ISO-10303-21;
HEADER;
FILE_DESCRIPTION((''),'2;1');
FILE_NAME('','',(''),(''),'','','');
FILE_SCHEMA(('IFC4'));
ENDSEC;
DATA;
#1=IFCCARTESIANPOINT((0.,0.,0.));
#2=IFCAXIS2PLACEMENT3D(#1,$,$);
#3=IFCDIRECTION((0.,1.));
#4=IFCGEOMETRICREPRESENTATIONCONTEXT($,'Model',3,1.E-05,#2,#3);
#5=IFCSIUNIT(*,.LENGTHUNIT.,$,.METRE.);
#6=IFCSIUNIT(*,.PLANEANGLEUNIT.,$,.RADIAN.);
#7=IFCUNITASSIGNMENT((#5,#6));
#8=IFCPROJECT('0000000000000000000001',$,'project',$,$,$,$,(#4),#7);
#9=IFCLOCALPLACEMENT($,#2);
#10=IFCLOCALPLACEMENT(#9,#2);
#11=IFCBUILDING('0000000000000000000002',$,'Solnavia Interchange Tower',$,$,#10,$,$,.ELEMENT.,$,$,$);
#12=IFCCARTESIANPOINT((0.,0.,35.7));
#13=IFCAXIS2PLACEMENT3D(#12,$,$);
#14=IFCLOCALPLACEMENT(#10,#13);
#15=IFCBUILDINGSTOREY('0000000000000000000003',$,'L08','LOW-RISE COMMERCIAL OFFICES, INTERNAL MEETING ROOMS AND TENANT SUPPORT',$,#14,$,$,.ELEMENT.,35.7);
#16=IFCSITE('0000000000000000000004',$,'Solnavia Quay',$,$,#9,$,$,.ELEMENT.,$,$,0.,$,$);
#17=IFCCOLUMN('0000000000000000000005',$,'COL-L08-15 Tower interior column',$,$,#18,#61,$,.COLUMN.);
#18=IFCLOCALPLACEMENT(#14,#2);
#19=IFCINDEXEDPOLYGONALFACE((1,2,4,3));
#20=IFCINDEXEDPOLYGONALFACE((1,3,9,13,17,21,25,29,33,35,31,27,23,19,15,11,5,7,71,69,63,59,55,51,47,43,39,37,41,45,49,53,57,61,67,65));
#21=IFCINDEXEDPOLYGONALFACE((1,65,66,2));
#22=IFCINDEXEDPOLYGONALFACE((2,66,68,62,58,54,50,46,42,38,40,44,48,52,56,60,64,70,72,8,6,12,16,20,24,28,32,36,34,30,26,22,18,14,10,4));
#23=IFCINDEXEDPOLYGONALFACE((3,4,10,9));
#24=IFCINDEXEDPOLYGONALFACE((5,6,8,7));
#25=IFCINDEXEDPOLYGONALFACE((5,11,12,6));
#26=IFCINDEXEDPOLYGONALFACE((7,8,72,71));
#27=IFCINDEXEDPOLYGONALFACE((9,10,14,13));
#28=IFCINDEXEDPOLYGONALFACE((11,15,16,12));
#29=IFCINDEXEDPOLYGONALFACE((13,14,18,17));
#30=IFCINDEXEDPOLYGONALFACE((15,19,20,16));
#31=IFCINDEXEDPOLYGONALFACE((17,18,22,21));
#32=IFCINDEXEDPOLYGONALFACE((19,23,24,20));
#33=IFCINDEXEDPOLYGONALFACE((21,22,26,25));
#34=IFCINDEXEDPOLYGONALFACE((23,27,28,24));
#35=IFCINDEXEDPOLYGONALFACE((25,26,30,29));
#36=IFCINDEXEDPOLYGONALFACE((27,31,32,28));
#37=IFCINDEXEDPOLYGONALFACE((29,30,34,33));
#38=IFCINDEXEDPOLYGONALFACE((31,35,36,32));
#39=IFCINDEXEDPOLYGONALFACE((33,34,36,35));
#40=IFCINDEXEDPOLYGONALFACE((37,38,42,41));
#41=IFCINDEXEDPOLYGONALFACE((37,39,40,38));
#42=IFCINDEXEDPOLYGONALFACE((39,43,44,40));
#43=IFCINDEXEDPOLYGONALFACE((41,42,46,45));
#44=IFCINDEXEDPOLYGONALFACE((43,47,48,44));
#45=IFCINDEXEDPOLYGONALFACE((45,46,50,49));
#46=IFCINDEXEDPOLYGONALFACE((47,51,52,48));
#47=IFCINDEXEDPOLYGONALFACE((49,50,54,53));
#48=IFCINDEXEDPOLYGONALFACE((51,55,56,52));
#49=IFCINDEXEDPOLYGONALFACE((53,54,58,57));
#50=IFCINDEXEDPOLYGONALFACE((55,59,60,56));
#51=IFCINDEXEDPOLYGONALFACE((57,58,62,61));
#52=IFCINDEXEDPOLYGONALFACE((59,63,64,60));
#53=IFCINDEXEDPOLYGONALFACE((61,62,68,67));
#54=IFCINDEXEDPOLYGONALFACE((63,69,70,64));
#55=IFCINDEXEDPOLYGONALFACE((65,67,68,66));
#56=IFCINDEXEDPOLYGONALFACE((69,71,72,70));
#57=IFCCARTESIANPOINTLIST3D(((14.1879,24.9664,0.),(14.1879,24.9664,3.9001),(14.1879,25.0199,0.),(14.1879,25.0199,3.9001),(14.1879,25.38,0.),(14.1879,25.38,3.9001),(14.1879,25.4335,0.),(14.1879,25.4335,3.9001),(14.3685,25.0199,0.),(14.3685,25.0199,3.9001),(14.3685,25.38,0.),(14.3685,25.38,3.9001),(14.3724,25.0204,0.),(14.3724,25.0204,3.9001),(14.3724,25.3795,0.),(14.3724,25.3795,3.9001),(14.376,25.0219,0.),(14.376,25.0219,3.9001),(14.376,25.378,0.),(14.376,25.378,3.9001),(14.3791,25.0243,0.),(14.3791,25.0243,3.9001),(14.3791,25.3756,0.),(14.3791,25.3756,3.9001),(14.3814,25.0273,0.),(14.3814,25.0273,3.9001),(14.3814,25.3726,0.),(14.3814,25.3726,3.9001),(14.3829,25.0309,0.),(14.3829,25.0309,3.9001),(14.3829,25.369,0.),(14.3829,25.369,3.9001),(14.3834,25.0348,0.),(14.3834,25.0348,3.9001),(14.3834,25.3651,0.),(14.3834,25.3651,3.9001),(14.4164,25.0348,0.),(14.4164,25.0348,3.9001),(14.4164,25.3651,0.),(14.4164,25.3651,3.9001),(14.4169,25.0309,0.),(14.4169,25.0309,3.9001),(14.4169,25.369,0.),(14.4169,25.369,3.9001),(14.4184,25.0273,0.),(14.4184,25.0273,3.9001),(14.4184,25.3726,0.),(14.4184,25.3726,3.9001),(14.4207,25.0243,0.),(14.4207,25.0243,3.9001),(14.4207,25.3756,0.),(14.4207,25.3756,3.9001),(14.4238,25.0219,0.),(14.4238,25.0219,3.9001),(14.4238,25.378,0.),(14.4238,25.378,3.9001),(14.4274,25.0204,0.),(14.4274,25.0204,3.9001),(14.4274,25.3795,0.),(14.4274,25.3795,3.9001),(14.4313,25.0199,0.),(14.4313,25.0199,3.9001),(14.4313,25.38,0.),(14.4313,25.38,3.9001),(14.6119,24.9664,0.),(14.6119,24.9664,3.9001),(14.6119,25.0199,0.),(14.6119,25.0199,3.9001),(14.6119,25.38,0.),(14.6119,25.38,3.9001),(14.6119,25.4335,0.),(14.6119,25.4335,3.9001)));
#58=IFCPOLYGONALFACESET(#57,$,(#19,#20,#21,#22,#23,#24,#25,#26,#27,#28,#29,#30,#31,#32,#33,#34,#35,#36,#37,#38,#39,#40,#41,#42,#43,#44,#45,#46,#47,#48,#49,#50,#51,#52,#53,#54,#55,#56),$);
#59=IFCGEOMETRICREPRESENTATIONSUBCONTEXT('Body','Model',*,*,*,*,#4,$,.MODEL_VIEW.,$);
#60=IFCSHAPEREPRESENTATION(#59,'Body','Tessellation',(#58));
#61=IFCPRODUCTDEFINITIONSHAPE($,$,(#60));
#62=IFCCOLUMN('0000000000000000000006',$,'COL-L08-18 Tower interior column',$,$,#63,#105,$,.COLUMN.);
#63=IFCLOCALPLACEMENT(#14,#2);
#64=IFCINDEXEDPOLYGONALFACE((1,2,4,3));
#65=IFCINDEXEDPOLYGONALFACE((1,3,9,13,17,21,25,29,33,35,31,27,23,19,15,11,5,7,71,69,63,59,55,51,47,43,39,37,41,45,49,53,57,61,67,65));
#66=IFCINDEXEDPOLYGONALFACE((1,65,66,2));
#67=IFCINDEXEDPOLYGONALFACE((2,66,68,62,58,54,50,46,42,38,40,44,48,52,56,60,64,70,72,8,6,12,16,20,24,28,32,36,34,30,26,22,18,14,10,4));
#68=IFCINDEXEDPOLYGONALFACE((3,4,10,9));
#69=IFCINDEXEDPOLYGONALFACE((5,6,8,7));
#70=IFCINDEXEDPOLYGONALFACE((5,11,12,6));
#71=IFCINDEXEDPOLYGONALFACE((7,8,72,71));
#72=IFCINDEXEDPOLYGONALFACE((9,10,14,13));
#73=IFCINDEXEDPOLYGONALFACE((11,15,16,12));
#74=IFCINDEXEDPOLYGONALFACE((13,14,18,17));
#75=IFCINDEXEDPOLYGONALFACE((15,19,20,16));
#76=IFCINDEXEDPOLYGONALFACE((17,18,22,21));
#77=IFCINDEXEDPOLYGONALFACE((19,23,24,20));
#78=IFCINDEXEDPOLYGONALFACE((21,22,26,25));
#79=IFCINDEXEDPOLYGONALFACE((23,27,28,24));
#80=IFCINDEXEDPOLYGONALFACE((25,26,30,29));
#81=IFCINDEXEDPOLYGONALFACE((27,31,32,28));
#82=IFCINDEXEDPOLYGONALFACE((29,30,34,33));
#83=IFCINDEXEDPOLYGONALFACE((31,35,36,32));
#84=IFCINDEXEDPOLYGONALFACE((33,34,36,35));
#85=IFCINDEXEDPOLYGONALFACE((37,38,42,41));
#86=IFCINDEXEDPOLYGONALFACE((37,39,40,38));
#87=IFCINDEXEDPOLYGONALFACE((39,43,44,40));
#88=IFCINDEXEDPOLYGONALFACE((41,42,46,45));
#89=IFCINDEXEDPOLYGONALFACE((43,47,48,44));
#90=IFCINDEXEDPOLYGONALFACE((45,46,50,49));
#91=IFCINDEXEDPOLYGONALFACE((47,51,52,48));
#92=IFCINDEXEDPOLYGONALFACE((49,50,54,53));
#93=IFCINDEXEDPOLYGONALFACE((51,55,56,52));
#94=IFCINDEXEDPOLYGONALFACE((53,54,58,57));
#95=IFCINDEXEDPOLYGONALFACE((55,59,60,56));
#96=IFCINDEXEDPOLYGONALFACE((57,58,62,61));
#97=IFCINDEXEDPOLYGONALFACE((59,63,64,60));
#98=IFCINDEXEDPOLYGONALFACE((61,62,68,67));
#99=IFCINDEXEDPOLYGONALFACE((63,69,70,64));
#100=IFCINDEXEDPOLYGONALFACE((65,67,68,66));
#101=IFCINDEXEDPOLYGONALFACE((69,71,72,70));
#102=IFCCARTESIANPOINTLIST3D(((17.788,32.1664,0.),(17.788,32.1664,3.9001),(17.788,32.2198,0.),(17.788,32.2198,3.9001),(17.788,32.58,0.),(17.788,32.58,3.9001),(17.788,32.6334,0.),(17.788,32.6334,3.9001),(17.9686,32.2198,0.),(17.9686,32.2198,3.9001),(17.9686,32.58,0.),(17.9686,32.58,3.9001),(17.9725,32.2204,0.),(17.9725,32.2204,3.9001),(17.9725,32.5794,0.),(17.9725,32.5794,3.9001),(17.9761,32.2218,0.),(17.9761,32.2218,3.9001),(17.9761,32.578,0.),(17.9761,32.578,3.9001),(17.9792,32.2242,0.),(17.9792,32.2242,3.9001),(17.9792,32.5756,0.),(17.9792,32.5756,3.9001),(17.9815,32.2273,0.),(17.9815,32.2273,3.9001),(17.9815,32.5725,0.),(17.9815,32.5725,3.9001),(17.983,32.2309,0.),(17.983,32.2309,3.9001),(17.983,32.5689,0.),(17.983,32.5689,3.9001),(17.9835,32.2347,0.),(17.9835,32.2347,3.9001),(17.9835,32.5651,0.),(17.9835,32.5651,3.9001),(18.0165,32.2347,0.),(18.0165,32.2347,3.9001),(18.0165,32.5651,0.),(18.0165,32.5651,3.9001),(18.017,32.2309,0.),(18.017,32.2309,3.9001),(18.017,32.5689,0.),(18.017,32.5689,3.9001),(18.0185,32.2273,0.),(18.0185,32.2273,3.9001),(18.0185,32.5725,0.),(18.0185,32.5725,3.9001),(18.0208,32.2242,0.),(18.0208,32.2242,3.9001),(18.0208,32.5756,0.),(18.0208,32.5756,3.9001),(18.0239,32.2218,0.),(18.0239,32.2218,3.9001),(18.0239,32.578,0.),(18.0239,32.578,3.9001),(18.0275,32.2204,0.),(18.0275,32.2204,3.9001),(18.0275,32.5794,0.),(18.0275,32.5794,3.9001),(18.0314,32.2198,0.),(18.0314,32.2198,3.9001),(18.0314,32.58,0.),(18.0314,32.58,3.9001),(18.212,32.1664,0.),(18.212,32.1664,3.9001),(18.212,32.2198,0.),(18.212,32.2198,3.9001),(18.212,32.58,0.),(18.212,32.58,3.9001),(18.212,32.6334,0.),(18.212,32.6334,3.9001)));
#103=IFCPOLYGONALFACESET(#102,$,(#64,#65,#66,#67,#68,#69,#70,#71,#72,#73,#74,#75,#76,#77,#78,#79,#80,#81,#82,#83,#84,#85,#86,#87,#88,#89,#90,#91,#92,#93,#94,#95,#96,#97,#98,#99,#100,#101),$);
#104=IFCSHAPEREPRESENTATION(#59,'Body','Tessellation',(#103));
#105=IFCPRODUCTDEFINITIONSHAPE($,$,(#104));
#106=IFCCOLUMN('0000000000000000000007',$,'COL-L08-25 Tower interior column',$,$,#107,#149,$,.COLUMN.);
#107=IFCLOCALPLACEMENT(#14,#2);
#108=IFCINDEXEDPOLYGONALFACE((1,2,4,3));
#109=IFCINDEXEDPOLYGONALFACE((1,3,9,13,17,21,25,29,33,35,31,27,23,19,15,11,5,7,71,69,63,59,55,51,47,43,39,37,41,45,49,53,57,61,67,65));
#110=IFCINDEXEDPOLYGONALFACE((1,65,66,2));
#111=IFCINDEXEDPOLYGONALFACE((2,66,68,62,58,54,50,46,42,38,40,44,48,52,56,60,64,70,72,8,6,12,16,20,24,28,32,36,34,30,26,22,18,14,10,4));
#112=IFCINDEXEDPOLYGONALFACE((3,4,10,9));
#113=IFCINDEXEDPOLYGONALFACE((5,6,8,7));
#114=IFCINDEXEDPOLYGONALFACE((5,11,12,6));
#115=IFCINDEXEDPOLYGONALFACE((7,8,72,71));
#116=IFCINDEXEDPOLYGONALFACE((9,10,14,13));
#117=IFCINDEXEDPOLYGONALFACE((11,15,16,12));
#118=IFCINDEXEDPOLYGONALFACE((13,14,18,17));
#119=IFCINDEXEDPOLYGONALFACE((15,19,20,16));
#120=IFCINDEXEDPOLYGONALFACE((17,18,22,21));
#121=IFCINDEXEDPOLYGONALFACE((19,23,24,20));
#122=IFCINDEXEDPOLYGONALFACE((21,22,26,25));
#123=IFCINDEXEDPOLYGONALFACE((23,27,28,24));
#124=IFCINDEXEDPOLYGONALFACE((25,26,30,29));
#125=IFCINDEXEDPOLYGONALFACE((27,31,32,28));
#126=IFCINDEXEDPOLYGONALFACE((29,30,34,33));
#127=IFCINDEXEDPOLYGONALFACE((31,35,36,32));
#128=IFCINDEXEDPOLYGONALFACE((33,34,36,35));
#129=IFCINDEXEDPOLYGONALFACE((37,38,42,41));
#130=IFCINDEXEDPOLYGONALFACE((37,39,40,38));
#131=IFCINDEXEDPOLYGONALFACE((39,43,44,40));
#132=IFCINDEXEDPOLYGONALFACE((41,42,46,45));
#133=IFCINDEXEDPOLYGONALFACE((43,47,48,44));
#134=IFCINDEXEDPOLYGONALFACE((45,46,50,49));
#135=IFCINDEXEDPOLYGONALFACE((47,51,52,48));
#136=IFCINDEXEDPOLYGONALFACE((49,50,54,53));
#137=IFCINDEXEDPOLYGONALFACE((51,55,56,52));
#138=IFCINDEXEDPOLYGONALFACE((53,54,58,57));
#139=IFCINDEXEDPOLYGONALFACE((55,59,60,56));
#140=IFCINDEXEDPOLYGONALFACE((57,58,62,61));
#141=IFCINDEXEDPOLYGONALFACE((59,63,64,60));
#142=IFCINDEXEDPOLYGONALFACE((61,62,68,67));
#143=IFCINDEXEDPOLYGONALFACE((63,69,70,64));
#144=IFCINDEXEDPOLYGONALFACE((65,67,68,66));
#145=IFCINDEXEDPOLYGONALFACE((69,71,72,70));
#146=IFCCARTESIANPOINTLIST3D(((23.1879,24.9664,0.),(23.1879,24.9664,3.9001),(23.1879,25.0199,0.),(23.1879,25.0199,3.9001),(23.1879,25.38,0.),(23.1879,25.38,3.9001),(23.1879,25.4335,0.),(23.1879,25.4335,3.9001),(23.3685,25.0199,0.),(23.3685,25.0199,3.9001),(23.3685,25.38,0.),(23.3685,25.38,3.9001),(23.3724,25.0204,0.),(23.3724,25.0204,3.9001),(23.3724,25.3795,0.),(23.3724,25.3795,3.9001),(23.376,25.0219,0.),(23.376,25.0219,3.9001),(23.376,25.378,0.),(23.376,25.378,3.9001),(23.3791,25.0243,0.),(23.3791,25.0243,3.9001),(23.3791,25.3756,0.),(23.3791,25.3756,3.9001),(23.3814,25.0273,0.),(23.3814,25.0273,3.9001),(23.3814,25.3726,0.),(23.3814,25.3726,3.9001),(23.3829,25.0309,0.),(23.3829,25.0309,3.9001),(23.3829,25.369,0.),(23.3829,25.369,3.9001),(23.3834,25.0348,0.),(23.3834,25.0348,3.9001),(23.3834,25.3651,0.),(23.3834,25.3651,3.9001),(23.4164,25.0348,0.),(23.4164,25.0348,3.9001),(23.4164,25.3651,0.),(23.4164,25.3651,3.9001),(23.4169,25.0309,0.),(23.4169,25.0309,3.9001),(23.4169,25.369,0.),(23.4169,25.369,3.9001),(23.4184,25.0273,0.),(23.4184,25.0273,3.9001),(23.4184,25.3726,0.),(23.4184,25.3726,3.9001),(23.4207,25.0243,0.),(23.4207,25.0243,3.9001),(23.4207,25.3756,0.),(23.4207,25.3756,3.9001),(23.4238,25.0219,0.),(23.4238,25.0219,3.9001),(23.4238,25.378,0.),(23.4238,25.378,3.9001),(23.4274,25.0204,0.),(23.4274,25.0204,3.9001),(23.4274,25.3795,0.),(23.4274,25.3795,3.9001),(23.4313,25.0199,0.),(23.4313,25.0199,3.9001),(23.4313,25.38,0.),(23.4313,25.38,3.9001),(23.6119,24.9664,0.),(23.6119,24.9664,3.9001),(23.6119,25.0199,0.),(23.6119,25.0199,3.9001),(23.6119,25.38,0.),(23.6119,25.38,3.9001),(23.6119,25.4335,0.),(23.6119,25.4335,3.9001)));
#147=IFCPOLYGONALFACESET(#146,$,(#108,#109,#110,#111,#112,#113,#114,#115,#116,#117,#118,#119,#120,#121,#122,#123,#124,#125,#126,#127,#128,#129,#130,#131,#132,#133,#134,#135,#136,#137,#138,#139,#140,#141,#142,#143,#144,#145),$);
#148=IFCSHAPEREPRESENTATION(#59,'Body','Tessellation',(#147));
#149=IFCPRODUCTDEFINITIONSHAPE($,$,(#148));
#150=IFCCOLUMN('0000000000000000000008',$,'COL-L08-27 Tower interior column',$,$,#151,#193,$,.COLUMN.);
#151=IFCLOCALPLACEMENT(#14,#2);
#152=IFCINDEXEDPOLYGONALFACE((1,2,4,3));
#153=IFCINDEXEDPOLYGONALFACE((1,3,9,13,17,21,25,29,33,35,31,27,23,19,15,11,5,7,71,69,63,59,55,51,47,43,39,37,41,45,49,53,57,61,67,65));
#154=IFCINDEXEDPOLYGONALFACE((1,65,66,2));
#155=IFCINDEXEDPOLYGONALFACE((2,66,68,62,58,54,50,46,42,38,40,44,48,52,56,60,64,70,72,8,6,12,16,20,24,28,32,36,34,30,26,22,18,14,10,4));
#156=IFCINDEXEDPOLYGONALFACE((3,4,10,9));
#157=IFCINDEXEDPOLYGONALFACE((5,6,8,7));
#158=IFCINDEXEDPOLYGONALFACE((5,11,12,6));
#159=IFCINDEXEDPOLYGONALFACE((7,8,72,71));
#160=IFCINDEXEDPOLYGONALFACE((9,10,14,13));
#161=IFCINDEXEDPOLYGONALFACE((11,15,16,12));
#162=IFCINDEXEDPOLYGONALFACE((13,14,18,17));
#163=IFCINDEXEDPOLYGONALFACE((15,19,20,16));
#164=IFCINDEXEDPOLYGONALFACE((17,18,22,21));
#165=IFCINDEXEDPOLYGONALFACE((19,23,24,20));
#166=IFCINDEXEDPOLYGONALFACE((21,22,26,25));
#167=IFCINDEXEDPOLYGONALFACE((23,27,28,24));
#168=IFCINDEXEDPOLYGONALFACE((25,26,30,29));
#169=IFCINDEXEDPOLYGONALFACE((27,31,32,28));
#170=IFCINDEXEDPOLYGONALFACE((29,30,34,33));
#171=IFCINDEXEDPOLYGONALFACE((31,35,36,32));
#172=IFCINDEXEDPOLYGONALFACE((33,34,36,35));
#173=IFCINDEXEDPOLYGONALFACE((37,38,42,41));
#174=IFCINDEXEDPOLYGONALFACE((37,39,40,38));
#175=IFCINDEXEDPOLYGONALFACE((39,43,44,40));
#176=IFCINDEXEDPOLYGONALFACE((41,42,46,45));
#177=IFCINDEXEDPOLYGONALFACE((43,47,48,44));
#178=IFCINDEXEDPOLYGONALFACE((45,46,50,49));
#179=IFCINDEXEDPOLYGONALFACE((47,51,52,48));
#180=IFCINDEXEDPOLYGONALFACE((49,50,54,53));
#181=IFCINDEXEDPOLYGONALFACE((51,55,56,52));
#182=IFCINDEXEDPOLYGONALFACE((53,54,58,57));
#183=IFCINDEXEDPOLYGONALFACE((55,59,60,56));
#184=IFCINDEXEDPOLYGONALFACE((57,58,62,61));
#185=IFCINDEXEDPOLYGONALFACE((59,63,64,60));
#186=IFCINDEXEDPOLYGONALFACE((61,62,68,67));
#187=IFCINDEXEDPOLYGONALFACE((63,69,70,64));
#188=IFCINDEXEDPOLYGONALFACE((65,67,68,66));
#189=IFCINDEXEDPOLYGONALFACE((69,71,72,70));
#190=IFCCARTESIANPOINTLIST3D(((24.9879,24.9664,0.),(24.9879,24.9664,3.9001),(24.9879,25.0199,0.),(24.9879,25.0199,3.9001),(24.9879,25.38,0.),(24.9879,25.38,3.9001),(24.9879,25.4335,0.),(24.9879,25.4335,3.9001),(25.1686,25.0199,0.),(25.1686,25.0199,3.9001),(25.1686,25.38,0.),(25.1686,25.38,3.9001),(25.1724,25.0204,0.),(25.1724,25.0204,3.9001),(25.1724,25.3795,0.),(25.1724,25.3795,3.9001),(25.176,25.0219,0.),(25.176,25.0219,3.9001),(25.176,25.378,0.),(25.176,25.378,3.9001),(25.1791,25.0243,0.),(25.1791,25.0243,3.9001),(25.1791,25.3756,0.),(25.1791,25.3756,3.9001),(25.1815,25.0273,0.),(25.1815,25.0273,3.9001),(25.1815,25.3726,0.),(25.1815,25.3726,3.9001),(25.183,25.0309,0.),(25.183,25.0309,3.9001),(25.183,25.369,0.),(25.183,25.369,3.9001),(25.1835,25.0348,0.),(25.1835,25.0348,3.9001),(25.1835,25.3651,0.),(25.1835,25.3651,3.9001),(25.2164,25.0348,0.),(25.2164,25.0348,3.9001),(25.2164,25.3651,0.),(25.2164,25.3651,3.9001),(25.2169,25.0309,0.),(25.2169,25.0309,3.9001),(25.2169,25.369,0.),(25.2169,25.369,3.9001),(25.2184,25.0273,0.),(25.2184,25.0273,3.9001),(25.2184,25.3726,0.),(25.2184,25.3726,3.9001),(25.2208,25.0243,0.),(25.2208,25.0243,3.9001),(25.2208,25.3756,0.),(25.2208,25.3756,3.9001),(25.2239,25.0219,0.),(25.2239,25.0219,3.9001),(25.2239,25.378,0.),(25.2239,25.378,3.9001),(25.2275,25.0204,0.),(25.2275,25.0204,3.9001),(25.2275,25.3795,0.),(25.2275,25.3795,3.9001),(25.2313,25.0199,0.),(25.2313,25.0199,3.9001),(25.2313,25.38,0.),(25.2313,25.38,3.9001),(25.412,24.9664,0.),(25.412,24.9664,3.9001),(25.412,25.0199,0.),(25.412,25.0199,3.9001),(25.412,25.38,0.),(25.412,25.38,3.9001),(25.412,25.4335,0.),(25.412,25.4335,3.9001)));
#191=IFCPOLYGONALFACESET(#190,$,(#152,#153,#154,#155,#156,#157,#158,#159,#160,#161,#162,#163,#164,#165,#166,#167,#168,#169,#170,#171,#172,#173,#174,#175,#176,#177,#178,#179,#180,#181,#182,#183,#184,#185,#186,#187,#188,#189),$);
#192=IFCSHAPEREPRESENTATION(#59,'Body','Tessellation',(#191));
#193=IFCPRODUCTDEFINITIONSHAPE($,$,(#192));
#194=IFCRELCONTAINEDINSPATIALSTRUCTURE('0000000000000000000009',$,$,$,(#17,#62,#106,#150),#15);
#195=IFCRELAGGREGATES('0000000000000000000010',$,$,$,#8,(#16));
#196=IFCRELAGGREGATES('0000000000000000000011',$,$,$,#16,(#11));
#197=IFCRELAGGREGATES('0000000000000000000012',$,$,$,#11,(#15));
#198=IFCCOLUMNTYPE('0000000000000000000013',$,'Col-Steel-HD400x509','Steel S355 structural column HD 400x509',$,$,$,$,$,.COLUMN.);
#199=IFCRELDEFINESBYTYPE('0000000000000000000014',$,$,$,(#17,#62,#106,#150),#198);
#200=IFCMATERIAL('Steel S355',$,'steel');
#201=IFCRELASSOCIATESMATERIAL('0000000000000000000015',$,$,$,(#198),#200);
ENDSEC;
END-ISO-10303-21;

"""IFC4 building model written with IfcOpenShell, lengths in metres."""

from ifc_helpers import new_model, si_unit, direction, frame, origin, origin_2d, place, context, subcontext, project, spatial, i_section, extrude, material, material_profile, profile_set, type_object, element, save


model = new_model("IFC4")

# Units and contexts
model_context = context("Model", 3, precision=1e-05, world=origin(), true_north=direction((0.0, 1.0)))
body_context = subcontext(model_context, "Body", "Model", "MODEL_VIEW")
ifc_project = project(units=[si_unit("LENGTHUNIT", "METRE"), si_unit("PLANEANGLEUNIT", "RADIAN")], contexts=[model_context])

# Site, building, storey
site_placement = place(None, origin())
site = spatial("IfcSite", under=ifc_project, at=site_placement, Name="Solnavia Quay", CompositionType="ELEMENT", RefElevation=0.0)
building_placement = place(site_placement, origin())
building = spatial("IfcBuilding", under=site, at=building_placement, Name="Solnavia Interchange Tower", CompositionType="ELEMENT")
storey_placement = place(building_placement, frame((0.0, 0.0, 35.7)))
storey = spatial("IfcBuildingStorey", under=building, at=storey_placement, Name="L08", Description="LOW-RISE COMMERCIAL OFFICES, INTERNAL MEETING ROOMS AND TENANT SUPPORT", CompositionType="ELEMENT", Elevation=35.7)

# Columns
ifc_material_1 = material(Name="Steel S355", Category="steel")
ifc_material_profile_1 = material_profile(ifc_material_1, i_section(OverallWidth=0.4241, OverallDepth=0.467, WebThickness=0.033, FlangeThickness=0.0535, FilletRadius=0.0149, at=origin_2d()), Name="HD 400x509")
ifc_profile_set_1 = profile_set([ifc_material_profile_1], Name="Steel S355")
column_type = type_object("IfcColumnType", Name="Col-Steel-HD400x509", Description="Steel S355 structural column HD 400x509", PredefinedType="COLUMN", material=ifc_profile_set_1)
for number, where, z_axis, x_axis, name in (
    (1, (14.3999, 25.2, 0.0), (0.0, 0.0, 1.0), (1.0, 0.0, 0.0), "COL-L08-15 Tower interior column"),
    (2, (18.0, 32.3999, 0.0), (0.0, 0.0, 1.0), (1.0, 0.0, 0.0), "COL-L08-18 Tower interior column"),
    (3, (23.3999, 25.2, 0.0), (0.0, 0.0, 1.0), (1.0, 0.0, 0.0), "COL-L08-25 Tower interior column"),
    (4, (25.2, 25.2, 0.0), (0.0, 0.0, 1.0), (1.0, 0.0, 0.0), "COL-L08-27 Tower interior column"),
):
    element("IfcColumn", number, at=place(storey_placement, frame(where, z_axis=z_axis, x_axis=x_axis)), inside=storey, type_object=column_type, Name=name, PredefinedType="COLUMN", context=body_context, shape_type="SweptSolid", body=[
        extrude(i_section(OverallWidth=0.4241, OverallDepth=0.467, WebThickness=0.033, FlangeThickness=0.0535, FilletRadius=0.0149, at=origin_2d()), origin(), (0.0, 0.0, 1.0), 3.9001),
    ])

save(model, "model.ifc")
